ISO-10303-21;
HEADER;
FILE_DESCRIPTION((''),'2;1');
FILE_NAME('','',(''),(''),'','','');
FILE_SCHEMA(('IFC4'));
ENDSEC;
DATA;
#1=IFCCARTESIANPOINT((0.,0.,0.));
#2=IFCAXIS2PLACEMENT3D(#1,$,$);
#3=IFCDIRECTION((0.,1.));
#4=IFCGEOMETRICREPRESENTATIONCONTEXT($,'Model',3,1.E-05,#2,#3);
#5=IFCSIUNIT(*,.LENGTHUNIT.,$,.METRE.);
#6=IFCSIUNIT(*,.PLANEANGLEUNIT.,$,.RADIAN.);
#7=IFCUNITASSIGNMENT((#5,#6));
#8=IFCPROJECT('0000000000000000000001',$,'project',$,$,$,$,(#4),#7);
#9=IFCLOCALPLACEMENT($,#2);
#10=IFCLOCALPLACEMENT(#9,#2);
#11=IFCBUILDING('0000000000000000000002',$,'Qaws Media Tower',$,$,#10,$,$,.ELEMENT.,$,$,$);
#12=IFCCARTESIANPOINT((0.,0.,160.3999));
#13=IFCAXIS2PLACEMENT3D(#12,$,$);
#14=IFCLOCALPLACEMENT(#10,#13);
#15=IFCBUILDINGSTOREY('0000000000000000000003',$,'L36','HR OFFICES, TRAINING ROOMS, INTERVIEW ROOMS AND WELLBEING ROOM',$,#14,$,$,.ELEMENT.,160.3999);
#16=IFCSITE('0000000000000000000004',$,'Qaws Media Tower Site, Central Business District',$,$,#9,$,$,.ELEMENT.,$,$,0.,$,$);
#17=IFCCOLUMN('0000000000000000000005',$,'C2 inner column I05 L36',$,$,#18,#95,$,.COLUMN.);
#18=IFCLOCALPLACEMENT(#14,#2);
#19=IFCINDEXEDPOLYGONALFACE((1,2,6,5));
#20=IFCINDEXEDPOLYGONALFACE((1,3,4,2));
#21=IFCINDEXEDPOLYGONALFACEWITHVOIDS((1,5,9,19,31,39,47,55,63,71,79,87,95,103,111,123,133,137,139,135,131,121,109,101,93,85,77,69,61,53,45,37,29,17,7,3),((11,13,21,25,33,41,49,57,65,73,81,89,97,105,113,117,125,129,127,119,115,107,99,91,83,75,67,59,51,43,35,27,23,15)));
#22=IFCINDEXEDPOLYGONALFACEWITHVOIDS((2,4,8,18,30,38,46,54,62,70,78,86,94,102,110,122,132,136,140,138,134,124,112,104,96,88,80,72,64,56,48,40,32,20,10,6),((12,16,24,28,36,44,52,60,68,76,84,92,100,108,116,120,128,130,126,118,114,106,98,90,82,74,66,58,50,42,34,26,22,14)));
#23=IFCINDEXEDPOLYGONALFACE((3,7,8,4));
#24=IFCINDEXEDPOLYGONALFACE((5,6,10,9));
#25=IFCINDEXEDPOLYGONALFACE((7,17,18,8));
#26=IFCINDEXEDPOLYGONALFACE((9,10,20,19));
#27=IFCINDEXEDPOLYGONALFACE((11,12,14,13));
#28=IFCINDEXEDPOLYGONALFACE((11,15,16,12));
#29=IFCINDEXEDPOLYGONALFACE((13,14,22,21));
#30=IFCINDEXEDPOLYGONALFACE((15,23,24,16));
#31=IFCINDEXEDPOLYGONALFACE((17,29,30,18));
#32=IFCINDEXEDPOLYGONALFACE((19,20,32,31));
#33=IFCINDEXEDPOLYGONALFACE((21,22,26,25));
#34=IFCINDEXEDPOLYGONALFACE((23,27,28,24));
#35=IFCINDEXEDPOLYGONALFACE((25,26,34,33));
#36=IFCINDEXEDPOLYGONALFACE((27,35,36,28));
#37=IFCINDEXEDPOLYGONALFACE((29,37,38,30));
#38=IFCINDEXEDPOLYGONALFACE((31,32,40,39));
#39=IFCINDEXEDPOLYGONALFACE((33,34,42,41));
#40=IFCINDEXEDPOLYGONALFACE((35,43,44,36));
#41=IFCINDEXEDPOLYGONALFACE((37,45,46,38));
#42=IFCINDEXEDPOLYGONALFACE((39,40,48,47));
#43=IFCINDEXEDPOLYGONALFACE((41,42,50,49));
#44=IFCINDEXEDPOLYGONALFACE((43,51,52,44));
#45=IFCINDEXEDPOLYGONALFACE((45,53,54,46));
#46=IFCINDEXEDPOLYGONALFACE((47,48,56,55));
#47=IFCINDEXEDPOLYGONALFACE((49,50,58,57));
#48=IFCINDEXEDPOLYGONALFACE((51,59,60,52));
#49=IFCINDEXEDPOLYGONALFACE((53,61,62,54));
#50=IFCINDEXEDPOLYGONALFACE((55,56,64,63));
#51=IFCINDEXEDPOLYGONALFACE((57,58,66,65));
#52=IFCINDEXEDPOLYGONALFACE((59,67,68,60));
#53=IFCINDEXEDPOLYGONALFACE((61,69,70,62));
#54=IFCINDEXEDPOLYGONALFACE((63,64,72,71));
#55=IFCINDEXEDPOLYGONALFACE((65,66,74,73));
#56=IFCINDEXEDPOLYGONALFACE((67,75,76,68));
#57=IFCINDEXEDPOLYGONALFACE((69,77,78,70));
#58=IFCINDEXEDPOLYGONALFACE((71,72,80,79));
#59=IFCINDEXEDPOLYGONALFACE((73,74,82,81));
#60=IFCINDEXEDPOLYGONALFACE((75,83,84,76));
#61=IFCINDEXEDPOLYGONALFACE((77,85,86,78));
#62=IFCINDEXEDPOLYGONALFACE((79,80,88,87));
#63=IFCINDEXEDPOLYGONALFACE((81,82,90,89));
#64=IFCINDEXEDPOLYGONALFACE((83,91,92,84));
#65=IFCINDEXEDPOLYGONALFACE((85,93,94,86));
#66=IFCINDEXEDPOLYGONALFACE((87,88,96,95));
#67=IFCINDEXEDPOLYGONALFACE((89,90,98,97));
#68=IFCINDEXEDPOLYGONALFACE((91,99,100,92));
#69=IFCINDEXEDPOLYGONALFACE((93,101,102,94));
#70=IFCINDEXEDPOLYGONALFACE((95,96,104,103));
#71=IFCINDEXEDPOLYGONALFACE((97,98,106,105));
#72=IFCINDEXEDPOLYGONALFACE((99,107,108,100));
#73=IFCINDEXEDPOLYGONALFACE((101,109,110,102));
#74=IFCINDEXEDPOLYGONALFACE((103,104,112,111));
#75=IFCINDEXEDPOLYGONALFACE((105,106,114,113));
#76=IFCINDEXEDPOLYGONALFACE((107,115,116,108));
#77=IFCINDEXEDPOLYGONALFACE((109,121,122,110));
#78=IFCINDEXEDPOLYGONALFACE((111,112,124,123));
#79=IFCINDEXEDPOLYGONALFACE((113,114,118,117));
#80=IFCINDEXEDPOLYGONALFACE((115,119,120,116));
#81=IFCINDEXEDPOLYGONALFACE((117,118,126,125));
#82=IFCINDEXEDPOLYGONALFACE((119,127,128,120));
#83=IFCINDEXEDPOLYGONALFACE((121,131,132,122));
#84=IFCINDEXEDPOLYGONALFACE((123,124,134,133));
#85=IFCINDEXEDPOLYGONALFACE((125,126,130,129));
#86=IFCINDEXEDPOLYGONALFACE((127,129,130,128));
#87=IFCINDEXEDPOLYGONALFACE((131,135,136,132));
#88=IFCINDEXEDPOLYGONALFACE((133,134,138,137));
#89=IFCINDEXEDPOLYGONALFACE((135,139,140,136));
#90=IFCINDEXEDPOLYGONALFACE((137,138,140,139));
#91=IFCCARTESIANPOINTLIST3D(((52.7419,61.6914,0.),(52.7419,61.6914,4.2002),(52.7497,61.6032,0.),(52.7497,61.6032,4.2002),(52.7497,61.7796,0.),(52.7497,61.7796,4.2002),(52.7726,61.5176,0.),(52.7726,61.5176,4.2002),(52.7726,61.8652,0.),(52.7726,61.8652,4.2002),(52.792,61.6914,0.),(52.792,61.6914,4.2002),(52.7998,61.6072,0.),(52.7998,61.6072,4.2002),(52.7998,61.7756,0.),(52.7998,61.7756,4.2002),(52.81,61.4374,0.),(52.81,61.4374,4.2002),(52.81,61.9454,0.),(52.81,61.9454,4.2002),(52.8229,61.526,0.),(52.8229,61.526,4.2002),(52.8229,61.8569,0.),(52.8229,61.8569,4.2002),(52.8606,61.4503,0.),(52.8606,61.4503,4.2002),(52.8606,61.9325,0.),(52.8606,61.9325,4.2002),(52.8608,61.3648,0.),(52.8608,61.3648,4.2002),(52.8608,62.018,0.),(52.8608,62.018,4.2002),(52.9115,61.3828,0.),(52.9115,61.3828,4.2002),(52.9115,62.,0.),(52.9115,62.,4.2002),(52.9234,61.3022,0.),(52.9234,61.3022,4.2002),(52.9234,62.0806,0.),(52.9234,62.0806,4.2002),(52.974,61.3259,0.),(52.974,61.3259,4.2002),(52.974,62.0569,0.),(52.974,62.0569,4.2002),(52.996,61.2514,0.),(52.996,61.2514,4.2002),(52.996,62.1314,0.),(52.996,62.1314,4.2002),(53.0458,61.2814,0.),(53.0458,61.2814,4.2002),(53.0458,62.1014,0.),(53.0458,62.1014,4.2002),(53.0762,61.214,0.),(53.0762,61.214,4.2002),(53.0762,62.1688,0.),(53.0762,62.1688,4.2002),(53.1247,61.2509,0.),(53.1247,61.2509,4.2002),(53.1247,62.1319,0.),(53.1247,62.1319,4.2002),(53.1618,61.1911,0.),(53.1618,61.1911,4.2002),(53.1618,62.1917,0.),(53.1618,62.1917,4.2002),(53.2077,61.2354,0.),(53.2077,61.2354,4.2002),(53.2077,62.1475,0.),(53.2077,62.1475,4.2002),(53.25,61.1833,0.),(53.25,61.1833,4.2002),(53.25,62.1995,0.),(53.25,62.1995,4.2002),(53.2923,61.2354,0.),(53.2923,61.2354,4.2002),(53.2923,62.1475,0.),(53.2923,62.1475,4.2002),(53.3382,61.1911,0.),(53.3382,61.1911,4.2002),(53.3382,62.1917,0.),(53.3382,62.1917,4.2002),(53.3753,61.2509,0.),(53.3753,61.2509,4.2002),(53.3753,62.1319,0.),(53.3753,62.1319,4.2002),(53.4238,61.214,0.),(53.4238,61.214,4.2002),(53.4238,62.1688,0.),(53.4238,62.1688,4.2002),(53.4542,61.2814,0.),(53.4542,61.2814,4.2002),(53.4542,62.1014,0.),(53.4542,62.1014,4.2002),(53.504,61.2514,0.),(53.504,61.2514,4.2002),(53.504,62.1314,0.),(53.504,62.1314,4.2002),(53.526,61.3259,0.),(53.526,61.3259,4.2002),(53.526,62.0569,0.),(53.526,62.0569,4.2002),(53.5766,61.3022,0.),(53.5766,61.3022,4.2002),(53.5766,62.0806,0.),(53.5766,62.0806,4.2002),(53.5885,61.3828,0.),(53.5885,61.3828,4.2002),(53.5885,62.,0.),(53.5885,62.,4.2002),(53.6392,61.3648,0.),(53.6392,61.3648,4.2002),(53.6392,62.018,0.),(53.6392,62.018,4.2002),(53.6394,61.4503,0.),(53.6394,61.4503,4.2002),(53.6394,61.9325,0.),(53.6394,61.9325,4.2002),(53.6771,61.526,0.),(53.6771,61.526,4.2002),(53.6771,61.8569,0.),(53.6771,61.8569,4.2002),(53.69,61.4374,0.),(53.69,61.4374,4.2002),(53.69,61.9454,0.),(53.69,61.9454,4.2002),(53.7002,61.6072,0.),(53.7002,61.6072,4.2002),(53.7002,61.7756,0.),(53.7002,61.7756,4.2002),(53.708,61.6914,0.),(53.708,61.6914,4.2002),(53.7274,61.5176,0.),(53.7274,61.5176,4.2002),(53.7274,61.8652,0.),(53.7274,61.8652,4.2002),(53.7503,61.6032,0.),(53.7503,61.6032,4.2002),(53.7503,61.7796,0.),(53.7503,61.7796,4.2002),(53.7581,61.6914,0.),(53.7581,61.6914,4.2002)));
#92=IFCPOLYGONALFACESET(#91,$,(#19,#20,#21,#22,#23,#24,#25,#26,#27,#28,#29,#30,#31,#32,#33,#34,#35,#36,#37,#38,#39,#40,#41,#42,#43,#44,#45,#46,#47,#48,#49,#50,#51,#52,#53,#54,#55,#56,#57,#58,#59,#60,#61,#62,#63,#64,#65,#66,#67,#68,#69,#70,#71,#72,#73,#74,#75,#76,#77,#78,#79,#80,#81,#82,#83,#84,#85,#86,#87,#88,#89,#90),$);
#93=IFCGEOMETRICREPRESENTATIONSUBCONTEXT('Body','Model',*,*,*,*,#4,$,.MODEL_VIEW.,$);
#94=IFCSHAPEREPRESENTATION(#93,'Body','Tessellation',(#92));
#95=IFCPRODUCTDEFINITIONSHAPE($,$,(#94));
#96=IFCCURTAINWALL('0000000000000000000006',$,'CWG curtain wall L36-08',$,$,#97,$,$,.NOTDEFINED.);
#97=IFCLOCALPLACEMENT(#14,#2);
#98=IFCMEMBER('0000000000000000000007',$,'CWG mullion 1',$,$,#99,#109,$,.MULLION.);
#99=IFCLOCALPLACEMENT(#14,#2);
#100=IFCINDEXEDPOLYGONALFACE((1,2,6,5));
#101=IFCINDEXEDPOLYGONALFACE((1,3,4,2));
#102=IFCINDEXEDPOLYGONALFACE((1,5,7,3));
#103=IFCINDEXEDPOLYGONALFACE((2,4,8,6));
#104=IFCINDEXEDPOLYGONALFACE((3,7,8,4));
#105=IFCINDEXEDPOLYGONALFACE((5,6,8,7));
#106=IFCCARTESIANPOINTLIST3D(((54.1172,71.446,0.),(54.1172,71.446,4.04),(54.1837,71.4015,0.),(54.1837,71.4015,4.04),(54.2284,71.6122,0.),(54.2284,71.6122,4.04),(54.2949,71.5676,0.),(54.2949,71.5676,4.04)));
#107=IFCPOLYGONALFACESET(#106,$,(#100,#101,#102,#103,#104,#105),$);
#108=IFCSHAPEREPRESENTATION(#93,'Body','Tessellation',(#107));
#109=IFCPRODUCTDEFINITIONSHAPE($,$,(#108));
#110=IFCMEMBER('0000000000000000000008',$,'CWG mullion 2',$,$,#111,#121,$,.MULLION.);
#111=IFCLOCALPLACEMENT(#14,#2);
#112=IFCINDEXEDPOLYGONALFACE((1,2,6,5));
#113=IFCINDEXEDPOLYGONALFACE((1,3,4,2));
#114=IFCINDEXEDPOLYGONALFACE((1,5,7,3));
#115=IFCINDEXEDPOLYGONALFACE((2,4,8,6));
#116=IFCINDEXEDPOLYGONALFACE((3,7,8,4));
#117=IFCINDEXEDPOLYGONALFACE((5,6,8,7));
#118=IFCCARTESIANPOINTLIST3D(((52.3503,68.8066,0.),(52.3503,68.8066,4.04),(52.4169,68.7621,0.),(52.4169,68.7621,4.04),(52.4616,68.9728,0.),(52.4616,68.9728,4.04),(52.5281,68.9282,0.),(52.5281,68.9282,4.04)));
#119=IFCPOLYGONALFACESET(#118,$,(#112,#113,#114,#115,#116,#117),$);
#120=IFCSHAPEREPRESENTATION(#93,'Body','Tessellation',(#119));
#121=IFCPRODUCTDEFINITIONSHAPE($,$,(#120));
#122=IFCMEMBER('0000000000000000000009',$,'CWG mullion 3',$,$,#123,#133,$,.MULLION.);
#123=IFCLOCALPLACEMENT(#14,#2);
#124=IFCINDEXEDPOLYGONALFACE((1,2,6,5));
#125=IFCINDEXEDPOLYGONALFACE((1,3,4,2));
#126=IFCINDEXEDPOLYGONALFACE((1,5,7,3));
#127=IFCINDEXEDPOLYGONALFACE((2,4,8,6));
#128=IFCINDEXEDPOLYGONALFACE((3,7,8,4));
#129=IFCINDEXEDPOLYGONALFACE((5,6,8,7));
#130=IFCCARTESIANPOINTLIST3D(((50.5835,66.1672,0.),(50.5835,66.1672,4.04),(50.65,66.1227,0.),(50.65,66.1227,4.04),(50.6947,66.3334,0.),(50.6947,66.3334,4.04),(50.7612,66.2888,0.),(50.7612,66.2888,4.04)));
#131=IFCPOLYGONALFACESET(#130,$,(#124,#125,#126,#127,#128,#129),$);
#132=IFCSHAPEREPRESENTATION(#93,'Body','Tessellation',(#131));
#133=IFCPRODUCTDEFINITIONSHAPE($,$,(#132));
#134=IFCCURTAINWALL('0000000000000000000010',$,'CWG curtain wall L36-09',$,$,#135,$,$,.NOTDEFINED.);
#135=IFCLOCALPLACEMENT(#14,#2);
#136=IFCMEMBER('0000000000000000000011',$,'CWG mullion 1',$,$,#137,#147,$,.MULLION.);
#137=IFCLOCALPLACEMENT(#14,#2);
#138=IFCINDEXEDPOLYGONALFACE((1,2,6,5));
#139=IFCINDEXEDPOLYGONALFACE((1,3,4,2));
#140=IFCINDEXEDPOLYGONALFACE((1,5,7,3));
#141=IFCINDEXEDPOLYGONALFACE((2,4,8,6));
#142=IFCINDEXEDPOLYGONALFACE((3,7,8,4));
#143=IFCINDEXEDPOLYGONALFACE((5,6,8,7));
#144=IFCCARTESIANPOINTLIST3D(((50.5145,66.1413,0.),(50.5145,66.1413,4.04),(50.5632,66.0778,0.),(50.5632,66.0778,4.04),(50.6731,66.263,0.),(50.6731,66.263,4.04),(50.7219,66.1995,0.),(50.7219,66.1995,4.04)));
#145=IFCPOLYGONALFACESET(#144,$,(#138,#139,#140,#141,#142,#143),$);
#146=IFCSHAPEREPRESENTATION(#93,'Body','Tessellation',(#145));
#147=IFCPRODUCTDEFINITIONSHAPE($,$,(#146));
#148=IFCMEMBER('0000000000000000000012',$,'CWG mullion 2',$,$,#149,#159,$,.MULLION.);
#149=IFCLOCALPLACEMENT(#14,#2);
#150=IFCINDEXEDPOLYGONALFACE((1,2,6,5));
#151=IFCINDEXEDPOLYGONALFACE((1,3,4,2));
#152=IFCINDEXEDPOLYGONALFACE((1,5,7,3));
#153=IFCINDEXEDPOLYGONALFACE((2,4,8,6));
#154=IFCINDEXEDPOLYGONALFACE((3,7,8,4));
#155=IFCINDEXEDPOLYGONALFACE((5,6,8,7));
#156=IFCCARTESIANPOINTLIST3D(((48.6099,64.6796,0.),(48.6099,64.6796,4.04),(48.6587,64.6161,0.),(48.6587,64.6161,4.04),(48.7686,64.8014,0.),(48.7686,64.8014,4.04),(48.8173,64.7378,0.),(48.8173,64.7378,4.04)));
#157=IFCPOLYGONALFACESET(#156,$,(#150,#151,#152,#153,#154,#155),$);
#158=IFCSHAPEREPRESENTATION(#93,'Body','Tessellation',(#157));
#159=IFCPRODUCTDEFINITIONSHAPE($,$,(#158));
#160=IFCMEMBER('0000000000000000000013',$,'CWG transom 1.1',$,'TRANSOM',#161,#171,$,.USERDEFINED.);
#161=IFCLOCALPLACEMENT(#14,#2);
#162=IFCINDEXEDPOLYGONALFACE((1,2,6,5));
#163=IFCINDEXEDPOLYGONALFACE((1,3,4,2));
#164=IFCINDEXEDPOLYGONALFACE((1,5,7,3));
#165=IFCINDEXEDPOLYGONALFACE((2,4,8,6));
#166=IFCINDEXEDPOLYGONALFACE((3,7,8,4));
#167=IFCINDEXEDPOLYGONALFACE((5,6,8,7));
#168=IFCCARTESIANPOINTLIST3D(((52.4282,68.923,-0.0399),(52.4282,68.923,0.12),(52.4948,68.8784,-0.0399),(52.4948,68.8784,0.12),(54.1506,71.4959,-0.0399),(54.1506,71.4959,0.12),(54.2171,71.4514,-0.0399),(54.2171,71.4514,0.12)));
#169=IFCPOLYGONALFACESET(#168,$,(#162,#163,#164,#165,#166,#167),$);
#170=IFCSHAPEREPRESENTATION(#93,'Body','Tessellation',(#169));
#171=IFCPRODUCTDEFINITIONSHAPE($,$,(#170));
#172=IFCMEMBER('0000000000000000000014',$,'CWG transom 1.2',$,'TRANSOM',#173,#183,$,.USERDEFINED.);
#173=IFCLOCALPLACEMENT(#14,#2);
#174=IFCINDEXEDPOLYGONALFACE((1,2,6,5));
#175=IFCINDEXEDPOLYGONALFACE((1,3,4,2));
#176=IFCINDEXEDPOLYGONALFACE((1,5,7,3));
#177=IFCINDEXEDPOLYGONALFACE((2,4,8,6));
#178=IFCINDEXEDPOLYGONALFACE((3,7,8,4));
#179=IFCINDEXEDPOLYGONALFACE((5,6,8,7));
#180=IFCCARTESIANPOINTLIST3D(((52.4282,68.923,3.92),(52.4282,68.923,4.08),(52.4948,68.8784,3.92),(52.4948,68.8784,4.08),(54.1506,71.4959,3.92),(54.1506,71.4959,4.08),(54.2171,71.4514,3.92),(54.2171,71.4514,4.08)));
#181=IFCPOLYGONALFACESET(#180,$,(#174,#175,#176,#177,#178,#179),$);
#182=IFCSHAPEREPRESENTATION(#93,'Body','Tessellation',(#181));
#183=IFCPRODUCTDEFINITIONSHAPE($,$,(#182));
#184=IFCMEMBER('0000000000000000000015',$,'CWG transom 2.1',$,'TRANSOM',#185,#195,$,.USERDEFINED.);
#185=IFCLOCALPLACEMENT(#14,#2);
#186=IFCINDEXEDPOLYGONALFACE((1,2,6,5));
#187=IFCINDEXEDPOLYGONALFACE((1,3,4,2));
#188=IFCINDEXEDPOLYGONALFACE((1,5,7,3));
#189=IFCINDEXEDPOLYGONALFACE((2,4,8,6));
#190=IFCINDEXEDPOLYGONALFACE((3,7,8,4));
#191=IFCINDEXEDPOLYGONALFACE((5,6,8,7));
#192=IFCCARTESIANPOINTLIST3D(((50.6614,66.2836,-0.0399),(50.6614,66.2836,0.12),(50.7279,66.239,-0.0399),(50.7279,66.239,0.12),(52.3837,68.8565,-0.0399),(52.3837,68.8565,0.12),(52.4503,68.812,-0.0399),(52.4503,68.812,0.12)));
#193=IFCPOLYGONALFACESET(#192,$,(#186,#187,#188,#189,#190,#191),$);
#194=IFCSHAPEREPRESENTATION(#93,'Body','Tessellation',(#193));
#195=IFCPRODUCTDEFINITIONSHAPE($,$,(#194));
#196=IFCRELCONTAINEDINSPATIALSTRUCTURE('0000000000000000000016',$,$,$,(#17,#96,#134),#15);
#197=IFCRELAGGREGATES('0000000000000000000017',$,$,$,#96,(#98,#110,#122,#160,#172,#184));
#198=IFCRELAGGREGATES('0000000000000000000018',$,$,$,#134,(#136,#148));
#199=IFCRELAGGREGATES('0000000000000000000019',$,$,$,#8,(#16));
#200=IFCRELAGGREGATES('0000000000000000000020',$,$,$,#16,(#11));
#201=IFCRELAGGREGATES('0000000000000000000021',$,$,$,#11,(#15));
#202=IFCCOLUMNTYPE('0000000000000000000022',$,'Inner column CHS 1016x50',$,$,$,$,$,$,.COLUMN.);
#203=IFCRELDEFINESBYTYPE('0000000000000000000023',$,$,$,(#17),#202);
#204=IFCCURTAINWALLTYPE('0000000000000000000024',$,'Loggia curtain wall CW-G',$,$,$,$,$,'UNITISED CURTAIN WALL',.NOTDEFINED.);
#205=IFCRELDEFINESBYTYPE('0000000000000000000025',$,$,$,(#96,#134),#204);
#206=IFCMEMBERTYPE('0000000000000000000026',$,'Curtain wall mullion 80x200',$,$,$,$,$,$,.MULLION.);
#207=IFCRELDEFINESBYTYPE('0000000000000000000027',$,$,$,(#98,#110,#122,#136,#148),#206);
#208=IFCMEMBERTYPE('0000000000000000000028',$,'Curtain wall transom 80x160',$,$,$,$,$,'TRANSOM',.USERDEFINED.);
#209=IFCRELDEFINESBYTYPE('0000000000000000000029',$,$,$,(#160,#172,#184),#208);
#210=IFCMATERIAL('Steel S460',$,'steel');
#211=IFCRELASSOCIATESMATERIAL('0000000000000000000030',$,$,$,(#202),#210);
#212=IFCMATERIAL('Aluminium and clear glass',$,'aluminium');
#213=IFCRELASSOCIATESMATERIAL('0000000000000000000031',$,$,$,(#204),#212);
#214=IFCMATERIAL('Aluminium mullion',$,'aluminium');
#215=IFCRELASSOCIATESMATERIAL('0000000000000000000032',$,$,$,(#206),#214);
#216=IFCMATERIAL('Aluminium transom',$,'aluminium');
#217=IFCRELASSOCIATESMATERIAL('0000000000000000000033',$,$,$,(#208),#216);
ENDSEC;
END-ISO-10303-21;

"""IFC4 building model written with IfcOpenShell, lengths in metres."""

from ifc_helpers import new_model, si_unit, direction, frame, origin, origin_2d, place, context, subcontext, project, spatial, rectangle, hollow_circle, extrude, material, material_profile, profile_set, type_object, element, aggregate, save


model = new_model("IFC4")

# Units and contexts
model_context = context("Model", 3, precision=1e-05, world=origin(), true_north=direction((0.0, 1.0)))
body_context = subcontext(model_context, "Body", "Model", "MODEL_VIEW")
ifc_project = project(units=[si_unit("LENGTHUNIT", "METRE"), si_unit("PLANEANGLEUNIT", "RADIAN")], contexts=[model_context])

# Site, building, storey
site_placement = place(None, origin())
site = spatial("IfcSite", under=ifc_project, at=site_placement, Name="Qaws Media Tower Site, Central Business District", CompositionType="ELEMENT", RefElevation=0.0)
building_placement = place(site_placement, origin())
building = spatial("IfcBuilding", under=site, at=building_placement, Name="Qaws Media Tower", CompositionType="ELEMENT")
storey_placement = place(building_placement, frame((0.0, 0.0, 160.3999)))
storey = spatial("IfcBuildingStorey", under=building, at=storey_placement, Name="L36", Description="HR OFFICES, TRAINING ROOMS, INTERVIEW ROOMS AND WELLBEING ROOM", CompositionType="ELEMENT", Elevation=160.3999)

# Column
ifc_material_1 = material(Name="Steel S460", Category="steel")
ifc_material_profile_1 = material_profile(ifc_material_1, hollow_circle(Radius=0.5081, WallThickness=0.05, at=origin_2d()), Name="CHS 1016x50")
ifc_profile_set_1 = profile_set([ifc_material_profile_1], Name="Steel S460")
column_type = type_object("IfcColumnType", Name="Inner column CHS 1016x50", PredefinedType="COLUMN", material=ifc_profile_set_1)
column_placement = place(storey_placement, frame((53.25, 61.6914, 0.0), z_axis=(0.0, 0.0, 1.0), x_axis=(1.0, 0.0, 0.0)))
element("IfcColumn", 1, at=column_placement, inside=storey, type_object=column_type, Name="C2 inner column I05 L36", PredefinedType="COLUMN", context=body_context, shape_type="SweptSolid", body=[
    extrude(hollow_circle(Radius=0.5081, WallThickness=0.05, at=origin_2d()), origin(), (0.0, 0.0, 1.0), 4.2002),
])

# Curtain walls, members
ifc_material_2 = material(Name="Aluminium and clear glass", Category="aluminium")
curtain_wall_type = type_object("IfcCurtainWallType", Name="Loggia curtain wall CW-G", ElementType="UNITISED CURTAIN WALL", PredefinedType="NOTDEFINED", material=ifc_material_2)
curtain_wall_1_placement = place(storey_placement, origin())
curtain_wall_1 = element("IfcCurtainWall", 2, at=curtain_wall_1_placement, inside=storey, type_object=curtain_wall_type, Name="CWG curtain wall L36-08", PredefinedType="NOTDEFINED")
ifc_material_3 = material(Name="Aluminium mullion", Category="aluminium")
ifc_material_profile_2 = material_profile(ifc_material_3, rectangle(XDim=0.0801, YDim=0.2, at=origin_2d()), Name="80x200")
ifc_profile_set_2 = profile_set([ifc_material_profile_2], Name="Aluminium mullion")
member_type_1 = type_object("IfcMemberType", Name="Curtain wall mullion 80x200", PredefinedType="MULLION", material=ifc_profile_set_2)
member_1_placement = place(storey_placement, frame((54.2061, 71.5068, 0.0), z_axis=(0.0, 0.0, 1.0), x_axis=(0.830995, -0.55628, 0.0)))
member_1 = element("IfcMember", 3, at=member_1_placement, type_object=member_type_1, Name="CWG mullion 1", PredefinedType="MULLION", context=body_context, shape_type="SweptSolid", body=[
    extrude(rectangle(XDim=0.0801, YDim=0.2, at=origin_2d()), origin(), (0.0, 0.0, 1.0), 4.04),
])
member_2_placement = place(storey_placement, frame((52.4392, 68.8674, 0.0), z_axis=(0.0, 0.0, 1.0), x_axis=(0.830995, -0.55628, 0.0)))
member_2 = element("IfcMember", 4, at=member_2_placement, type_object=member_type_1, Name="CWG mullion 2", PredefinedType="MULLION", context=body_context, shape_type="SweptSolid", body=[
    extrude(rectangle(XDim=0.0801, YDim=0.2, at=origin_2d()), origin(), (0.0, 0.0, 1.0), 4.04),
])
member_3_placement = place(storey_placement, frame((50.6724, 66.228, 0.0), z_axis=(0.0, 0.0, 1.0), x_axis=(0.830995, -0.55628, 0.0)))
member_3 = element("IfcMember", 5, at=member_3_placement, type_object=member_type_1, Name="CWG mullion 3", PredefinedType="MULLION", context=body_context, shape_type="SweptSolid", body=[
    extrude(rectangle(XDim=0.0801, YDim=0.2, at=origin_2d()), origin(), (0.0, 0.0, 1.0), 4.04),
])
curtain_wall_2_placement = place(storey_placement, origin())
curtain_wall_2 = element("IfcCurtainWall", 6, at=curtain_wall_2_placement, inside=storey, type_object=curtain_wall_type, Name="CWG curtain wall L36-09", PredefinedType="NOTDEFINED")
member_4_placement = place(storey_placement, frame((50.6182, 66.1704, 0.0), z_axis=(0.0, 0.0, 1.0), x_axis=(0.608761, -0.793353, 0.0)))
member_4 = element("IfcMember", 7, at=member_4_placement, type_object=member_type_1, Name="CWG mullion 1", PredefinedType="MULLION", context=body_context, shape_type="SweptSolid", body=[
    extrude(rectangle(XDim=0.0801, YDim=0.2, at=origin_2d()), origin(), (0.0, 0.0, 1.0), 4.04),
])
member_5_placement = place(storey_placement, frame((48.7136, 64.7087, 0.0), z_axis=(0.0, 0.0, 1.0), x_axis=(0.608761, -0.793353, 0.0)))
member_5 = element("IfcMember", 8, at=member_5_placement, type_object=member_type_1, Name="CWG mullion 2", PredefinedType="MULLION", context=body_context, shape_type="SweptSolid", body=[
    extrude(rectangle(XDim=0.0801, YDim=0.2, at=origin_2d()), origin(), (0.0, 0.0, 1.0), 4.04),
])

# Members
ifc_material_4 = material(Name="Aluminium transom", Category="aluminium")
ifc_material_profile_3 = material_profile(ifc_material_4, rectangle(XDim=0.0801, YDim=0.1599, at=origin_2d()), Name="80x160")
ifc_profile_set_3 = profile_set([ifc_material_profile_3], Name="Aluminium transom")
member_type_2 = type_object("IfcMemberType", Name="Curtain wall transom 80x160", ElementType="TRANSOM", PredefinedType="USERDEFINED", material=ifc_profile_set_3)
member_6_placement = place(storey_placement, frame((54.1838, 71.4736, 0.04), z_axis=(-0.556282, -0.830993, 0.0), x_axis=(0.830993, -0.556282, 0.0)))
member_6 = element("IfcMember", 9, at=member_6_placement, type_object=member_type_2, Name="CWG transom 1.1", ObjectType="TRANSOM", PredefinedType="USERDEFINED", context=body_context, shape_type="SweptSolid", body=[
    extrude(rectangle(XDim=0.0801, YDim=0.1599, at=origin_2d()), origin(), (0.0, 0.0, 1.0), 3.0962),
])
member_7_placement = place(storey_placement, frame((54.1838, 71.4736, 4.0), z_axis=(-0.556282, -0.830993, 0.0), x_axis=(0.830993, -0.556282, 0.0)))
member_7 = element("IfcMember", 10, at=member_7_placement, type_object=member_type_2, Name="CWG transom 1.2", ObjectType="TRANSOM", PredefinedType="USERDEFINED", context=body_context, shape_type="SweptSolid", body=[
    extrude(rectangle(XDim=0.0801, YDim=0.1599, at=origin_2d()), origin(), (0.0, 0.0, 1.0), 3.0962),
])
member_8_placement = place(storey_placement, frame((52.417, 68.8342, 0.04), z_axis=(-0.556282, -0.830993, 0.0), x_axis=(0.830993, -0.556282, 0.0)))
member_8 = element("IfcMember", 11, at=member_8_placement, type_object=member_type_2, Name="CWG transom 2.1", ObjectType="TRANSOM", PredefinedType="USERDEFINED", context=body_context, shape_type="SweptSolid", body=[
    extrude(rectangle(XDim=0.0801, YDim=0.1599, at=origin_2d()), origin(), (0.0, 0.0, 1.0), 3.0962),
])

aggregate(curtain_wall_1, [member_1, member_2, member_3, member_6, member_7, member_8])
aggregate(curtain_wall_2, [member_4, member_5])

save(model, "model.ifc")
